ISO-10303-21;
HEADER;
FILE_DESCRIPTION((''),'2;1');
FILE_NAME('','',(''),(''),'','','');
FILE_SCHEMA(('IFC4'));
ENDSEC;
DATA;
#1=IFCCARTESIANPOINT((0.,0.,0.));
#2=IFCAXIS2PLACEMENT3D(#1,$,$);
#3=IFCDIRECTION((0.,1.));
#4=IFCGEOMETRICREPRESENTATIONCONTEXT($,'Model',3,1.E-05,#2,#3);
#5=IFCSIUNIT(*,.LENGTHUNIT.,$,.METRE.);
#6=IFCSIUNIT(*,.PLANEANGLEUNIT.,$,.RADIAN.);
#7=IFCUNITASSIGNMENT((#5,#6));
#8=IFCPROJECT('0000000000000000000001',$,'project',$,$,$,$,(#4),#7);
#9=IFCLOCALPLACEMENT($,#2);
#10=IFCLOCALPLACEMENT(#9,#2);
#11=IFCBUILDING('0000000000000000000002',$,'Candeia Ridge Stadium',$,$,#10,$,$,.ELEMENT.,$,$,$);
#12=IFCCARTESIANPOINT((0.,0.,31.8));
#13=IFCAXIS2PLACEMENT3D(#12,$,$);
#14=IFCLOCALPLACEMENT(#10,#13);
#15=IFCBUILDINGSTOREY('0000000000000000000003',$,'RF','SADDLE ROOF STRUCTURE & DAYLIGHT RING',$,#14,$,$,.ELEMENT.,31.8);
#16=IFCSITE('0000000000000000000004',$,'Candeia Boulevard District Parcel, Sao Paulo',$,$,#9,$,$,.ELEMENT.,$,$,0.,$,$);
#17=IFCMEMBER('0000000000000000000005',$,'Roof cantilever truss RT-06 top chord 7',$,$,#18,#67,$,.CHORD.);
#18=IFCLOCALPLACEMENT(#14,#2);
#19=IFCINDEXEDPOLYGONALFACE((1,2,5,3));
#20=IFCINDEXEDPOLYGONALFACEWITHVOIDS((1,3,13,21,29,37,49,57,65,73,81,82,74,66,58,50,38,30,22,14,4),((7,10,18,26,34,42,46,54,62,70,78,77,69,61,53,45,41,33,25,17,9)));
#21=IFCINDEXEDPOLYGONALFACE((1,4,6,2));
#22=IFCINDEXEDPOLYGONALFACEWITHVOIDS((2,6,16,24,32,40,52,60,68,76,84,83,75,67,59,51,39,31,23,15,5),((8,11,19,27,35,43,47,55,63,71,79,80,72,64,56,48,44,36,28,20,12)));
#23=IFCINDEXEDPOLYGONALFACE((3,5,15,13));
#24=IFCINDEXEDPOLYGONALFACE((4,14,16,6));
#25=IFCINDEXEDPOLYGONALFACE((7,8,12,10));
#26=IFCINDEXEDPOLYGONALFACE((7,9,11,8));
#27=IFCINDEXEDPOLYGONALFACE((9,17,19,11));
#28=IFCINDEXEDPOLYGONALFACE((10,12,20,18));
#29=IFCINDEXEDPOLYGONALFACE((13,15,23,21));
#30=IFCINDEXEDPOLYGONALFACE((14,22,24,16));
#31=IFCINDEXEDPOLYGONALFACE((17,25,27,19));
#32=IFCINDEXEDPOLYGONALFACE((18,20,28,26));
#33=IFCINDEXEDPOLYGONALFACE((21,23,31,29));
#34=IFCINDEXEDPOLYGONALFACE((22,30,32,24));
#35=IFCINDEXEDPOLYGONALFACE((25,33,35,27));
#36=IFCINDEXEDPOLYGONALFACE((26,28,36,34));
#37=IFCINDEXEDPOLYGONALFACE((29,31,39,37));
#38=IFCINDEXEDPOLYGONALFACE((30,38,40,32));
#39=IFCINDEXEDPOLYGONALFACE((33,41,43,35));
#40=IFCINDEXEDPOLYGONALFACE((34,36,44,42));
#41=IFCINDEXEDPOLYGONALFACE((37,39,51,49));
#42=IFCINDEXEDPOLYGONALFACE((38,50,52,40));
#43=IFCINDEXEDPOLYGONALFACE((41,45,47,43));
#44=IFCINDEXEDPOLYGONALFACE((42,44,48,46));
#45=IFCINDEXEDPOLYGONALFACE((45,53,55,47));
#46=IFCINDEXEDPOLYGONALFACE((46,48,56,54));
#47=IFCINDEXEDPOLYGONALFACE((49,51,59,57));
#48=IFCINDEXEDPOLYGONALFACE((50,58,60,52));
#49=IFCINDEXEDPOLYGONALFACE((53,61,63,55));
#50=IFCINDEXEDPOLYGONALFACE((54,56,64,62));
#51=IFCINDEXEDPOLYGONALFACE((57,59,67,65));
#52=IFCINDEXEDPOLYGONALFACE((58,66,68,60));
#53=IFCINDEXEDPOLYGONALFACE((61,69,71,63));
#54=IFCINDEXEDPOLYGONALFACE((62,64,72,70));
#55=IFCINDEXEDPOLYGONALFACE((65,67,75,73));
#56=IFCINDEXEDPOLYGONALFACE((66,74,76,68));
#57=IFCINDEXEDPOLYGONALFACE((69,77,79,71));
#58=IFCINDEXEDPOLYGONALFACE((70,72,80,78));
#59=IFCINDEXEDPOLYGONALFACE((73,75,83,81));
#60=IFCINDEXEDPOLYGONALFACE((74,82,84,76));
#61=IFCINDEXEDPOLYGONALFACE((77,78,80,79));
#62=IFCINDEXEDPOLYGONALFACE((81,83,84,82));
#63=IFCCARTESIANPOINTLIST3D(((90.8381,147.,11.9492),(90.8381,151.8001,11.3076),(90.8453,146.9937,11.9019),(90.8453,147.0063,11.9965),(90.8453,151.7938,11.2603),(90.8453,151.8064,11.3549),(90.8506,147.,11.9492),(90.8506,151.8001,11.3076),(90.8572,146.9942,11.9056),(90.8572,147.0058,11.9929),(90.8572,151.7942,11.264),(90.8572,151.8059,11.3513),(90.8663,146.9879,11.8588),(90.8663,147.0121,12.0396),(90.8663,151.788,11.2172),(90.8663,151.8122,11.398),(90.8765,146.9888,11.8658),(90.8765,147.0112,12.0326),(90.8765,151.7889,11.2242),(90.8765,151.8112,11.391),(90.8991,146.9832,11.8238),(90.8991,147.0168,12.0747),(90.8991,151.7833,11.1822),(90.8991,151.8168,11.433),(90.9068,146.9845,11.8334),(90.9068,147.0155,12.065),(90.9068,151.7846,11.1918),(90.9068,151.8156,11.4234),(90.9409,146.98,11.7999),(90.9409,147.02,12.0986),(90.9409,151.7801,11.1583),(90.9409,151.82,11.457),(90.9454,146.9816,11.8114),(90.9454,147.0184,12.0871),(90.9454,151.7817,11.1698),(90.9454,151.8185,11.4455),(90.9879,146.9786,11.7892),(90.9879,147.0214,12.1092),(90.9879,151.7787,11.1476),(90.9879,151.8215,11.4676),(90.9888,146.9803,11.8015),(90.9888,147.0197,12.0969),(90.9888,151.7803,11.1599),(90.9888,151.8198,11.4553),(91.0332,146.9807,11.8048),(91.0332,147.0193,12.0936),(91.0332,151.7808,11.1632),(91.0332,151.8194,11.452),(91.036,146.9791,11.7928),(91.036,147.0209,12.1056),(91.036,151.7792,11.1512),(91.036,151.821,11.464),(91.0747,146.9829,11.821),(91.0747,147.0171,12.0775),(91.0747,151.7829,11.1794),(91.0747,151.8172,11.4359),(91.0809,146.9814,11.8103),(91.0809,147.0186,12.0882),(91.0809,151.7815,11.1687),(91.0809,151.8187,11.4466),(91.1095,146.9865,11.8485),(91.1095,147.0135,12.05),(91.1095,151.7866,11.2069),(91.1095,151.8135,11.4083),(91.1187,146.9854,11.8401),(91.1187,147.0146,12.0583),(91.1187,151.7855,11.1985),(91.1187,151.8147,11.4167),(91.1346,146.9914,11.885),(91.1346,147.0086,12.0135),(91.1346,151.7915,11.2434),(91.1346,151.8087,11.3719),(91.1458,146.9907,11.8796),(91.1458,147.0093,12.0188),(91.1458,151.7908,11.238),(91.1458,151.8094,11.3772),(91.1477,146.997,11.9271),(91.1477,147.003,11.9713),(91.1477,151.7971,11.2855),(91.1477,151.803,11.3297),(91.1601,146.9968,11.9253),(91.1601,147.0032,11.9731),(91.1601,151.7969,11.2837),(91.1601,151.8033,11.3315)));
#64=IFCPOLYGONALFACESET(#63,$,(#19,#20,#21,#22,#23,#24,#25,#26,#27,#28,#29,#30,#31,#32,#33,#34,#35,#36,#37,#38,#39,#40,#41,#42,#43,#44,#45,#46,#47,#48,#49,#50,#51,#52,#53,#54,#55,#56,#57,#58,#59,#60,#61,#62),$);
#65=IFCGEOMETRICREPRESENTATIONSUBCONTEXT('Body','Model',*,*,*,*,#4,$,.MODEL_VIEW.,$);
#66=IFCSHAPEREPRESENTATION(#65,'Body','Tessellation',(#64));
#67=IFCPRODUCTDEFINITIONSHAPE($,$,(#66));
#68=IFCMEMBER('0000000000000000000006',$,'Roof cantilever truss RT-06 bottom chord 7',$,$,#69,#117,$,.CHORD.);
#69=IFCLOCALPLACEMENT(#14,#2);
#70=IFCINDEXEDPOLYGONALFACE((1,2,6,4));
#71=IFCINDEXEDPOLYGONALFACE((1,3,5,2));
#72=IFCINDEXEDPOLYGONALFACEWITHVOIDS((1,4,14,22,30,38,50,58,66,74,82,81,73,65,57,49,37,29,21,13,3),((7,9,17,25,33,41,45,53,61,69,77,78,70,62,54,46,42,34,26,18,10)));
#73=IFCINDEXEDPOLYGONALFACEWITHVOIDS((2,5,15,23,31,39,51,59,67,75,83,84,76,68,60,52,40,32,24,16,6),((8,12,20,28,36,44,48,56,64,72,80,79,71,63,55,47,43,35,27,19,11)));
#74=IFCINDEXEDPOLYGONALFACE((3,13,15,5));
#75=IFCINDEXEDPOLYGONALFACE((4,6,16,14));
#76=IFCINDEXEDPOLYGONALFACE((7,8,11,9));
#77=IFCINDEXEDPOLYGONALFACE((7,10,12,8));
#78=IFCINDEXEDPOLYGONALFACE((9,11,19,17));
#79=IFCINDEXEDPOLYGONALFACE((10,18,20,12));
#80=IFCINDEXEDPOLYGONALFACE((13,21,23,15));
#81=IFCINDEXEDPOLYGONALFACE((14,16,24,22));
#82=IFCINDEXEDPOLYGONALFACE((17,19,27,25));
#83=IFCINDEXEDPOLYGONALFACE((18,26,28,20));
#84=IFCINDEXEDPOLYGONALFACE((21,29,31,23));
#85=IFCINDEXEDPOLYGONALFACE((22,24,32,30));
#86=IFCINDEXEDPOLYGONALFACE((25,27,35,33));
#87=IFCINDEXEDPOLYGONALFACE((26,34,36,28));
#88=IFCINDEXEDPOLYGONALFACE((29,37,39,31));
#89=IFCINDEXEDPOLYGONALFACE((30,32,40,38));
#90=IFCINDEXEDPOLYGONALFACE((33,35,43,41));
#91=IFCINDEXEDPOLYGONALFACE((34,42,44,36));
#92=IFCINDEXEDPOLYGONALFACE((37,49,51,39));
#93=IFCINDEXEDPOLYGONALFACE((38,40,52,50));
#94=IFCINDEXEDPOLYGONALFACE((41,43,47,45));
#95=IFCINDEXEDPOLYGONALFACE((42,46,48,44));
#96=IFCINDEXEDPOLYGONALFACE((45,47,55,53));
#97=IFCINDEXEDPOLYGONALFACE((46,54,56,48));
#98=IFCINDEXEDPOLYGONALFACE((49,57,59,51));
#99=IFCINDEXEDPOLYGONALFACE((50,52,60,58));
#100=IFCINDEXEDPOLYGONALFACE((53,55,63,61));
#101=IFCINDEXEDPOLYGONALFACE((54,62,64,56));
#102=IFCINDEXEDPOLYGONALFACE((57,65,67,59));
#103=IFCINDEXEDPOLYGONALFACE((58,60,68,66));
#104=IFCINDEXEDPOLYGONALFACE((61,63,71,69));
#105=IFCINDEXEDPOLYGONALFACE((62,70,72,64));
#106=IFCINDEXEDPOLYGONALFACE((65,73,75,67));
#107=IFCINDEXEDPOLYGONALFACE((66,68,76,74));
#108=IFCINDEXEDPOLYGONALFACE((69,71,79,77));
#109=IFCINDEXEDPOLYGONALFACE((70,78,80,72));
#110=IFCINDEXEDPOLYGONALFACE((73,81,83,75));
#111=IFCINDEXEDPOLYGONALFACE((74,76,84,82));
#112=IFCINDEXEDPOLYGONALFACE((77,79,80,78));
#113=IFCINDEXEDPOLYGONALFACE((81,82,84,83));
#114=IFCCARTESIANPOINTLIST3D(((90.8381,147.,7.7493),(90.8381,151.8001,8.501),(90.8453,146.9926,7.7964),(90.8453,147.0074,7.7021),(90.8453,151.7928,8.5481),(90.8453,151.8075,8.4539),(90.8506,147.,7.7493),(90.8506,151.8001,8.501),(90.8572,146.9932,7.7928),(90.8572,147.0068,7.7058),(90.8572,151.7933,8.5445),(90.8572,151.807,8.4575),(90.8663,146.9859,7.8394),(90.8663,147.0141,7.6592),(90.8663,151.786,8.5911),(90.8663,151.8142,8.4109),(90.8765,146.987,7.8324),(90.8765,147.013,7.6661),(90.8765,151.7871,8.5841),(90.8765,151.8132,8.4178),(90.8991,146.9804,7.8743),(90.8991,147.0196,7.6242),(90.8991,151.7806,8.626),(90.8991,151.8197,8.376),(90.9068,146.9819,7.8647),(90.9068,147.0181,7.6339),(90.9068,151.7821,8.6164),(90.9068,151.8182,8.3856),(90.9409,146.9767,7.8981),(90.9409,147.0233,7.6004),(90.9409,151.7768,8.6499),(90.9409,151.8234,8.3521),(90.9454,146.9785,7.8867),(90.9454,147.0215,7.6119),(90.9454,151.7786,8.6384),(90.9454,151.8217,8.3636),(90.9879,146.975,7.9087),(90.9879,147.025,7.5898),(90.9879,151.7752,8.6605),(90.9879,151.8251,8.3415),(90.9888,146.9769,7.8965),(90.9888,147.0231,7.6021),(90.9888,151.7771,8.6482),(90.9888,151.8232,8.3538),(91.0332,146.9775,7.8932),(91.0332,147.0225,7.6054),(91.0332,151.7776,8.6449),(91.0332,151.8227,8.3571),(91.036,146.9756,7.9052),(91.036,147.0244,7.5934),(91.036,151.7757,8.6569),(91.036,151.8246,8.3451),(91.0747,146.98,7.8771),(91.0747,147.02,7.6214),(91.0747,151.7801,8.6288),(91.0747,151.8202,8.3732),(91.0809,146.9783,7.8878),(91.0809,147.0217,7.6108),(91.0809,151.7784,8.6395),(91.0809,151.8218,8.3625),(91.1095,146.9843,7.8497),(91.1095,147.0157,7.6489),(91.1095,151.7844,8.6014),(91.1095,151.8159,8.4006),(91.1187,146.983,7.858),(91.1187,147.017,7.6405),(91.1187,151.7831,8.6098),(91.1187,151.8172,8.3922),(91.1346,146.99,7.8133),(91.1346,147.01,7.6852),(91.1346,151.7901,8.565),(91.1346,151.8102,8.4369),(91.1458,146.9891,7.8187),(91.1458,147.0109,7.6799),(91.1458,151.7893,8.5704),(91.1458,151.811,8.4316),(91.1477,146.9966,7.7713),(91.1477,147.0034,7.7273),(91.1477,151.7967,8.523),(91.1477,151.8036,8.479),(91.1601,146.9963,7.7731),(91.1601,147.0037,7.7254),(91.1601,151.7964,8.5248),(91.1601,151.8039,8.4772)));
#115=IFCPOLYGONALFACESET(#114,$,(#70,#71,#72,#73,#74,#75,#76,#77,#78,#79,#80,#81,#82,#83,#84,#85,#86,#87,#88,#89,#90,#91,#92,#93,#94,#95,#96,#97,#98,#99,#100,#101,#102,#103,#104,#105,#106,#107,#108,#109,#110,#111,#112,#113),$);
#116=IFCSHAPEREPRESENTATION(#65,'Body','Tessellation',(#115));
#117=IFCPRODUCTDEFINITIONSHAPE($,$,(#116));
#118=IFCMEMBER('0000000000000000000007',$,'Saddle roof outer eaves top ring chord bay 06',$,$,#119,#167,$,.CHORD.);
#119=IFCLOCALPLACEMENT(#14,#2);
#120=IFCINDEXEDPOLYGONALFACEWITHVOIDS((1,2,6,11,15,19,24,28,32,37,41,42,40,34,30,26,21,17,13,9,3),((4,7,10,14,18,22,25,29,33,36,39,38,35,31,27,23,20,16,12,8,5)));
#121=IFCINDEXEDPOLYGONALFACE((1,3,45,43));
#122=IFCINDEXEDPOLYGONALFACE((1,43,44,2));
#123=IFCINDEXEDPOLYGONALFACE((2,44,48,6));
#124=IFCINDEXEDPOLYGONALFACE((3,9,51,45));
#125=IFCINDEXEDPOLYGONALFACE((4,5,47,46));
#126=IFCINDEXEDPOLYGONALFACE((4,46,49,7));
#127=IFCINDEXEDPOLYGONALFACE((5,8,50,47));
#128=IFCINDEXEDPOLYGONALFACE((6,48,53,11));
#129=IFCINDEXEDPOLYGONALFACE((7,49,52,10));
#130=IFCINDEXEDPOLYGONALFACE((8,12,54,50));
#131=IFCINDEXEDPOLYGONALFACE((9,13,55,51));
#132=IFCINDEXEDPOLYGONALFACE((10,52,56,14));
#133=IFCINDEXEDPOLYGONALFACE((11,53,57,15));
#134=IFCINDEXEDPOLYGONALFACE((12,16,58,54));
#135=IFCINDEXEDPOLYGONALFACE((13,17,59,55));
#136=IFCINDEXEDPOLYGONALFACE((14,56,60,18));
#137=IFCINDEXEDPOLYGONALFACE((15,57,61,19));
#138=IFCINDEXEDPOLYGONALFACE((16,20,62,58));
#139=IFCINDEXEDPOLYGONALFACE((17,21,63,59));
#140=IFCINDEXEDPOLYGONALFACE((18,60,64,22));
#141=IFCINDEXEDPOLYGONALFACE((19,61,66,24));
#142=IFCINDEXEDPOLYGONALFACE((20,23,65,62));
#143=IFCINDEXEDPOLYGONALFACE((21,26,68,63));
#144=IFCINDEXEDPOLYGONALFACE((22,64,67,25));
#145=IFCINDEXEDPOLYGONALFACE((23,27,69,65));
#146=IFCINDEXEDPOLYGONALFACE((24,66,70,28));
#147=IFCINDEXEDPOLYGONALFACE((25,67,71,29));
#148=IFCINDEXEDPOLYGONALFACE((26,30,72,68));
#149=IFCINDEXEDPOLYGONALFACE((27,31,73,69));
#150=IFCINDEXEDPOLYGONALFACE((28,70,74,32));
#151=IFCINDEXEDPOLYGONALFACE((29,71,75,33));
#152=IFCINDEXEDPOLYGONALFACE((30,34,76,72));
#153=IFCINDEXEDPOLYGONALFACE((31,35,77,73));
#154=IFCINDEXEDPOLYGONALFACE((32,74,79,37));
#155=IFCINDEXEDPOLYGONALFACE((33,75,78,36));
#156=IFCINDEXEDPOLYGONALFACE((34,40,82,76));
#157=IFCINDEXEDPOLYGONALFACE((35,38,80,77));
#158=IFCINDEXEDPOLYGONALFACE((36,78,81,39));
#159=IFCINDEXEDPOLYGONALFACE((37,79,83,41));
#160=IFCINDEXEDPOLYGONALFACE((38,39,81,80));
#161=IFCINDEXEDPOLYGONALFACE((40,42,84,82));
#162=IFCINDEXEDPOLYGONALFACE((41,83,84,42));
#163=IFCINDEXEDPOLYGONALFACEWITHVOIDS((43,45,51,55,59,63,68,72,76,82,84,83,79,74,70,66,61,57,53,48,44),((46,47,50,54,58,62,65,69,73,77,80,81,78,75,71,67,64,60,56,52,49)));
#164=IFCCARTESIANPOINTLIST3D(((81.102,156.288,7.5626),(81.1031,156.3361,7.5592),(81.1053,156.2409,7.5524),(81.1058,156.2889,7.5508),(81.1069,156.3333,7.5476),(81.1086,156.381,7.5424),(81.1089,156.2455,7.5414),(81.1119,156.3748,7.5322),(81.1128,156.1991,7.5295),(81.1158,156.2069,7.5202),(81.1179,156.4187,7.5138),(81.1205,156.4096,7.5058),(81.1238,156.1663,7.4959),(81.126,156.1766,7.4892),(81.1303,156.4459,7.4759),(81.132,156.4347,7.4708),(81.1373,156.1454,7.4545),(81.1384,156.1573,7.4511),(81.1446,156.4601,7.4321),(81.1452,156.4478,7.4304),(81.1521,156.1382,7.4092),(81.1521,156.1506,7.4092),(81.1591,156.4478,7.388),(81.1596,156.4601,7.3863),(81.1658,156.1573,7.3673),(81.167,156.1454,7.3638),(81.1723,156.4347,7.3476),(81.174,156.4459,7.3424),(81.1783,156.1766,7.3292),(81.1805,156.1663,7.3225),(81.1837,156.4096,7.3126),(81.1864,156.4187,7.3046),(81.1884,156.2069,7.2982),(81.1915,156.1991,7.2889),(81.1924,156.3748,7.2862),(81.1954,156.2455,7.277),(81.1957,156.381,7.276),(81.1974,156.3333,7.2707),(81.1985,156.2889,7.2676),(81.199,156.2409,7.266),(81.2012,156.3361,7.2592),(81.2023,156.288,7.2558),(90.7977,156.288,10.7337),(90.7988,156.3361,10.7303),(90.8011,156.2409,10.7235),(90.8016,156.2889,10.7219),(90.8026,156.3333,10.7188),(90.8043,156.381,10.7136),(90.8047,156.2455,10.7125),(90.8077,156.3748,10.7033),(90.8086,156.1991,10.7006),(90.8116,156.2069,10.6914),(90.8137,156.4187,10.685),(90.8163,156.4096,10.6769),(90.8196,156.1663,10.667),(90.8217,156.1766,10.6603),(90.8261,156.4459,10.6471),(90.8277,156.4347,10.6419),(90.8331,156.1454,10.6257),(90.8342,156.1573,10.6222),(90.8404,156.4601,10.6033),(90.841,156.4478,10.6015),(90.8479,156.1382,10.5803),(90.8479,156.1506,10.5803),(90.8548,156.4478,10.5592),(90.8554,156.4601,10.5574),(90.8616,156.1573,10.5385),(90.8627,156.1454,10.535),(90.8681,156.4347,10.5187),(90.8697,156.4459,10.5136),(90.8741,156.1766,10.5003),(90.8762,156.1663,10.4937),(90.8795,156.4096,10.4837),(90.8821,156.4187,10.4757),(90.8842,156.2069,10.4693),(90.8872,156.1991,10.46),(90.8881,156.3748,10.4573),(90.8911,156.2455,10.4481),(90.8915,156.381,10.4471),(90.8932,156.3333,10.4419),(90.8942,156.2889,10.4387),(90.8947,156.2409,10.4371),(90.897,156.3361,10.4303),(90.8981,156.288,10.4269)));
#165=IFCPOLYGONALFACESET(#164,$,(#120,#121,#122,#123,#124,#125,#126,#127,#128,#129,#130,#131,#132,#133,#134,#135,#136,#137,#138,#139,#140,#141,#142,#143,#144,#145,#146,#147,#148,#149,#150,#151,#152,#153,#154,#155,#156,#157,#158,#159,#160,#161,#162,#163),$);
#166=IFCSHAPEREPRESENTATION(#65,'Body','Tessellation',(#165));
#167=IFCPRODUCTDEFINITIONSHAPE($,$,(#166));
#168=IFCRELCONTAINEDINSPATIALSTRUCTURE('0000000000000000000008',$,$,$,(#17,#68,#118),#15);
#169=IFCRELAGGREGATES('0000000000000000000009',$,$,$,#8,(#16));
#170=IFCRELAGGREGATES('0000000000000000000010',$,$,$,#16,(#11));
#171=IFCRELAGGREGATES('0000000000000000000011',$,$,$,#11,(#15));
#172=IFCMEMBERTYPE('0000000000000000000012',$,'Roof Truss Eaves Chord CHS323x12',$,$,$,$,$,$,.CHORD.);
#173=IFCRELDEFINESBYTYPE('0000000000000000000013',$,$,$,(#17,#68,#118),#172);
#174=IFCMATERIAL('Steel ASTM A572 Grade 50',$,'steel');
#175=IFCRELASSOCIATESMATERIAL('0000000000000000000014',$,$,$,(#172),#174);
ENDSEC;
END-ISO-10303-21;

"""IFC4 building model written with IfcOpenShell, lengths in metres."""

from ifc_helpers import new_model, si_unit, direction, frame, origin, origin_2d, place, context, subcontext, project, spatial, hollow_circle, extrude, material, material_profile, profile_set, type_object, element, save


model = new_model("IFC4")

# Units and contexts
model_context = context("Model", 3, precision=1e-05, world=origin(), true_north=direction((0.0, 1.0)))
body_context = subcontext(model_context, "Body", "Model", "MODEL_VIEW")
ifc_project = project(units=[si_unit("LENGTHUNIT", "METRE"), si_unit("PLANEANGLEUNIT", "RADIAN")], contexts=[model_context])

# Site, building, storey
site_placement = place(None, origin())
site = spatial("IfcSite", under=ifc_project, at=site_placement, Name="Candeia Boulevard District Parcel, Sao Paulo", CompositionType="ELEMENT", RefElevation=0.0)
building_placement = place(site_placement, origin())
building = spatial("IfcBuilding", under=site, at=building_placement, Name="Candeia Ridge Stadium", CompositionType="ELEMENT")
storey_placement = place(building_placement, frame((0.0, 0.0, 31.8)))
storey = spatial("IfcBuildingStorey", under=building, at=storey_placement, Name="RF", Description="SADDLE ROOF STRUCTURE & DAYLIGHT RING", CompositionType="ELEMENT", Elevation=31.8)

# Shared definitions
ifc_material_1 = material(Name="Steel ASTM A572 Grade 50", Category="steel")

# Members
ifc_material_profile_1 = material_profile(ifc_material_1, hollow_circle(Radius=0.1619, WallThickness=0.0125, at=origin_2d()), Name="CHS323x12", Category="steel")
ifc_profile_set_1 = profile_set([ifc_material_profile_1], Name="Steel ASTM A572 Grade 50")
member_type_1 = type_object("IfcMemberType", Name="Roof Truss Eaves Chord CHS323x12", PredefinedType="CHORD", material=ifc_profile_set_1)
member_1_placement = place(storey_placement, frame((91.0, 147.0, 11.9492), z_axis=(0.0, 0.991185, -0.132487), x_axis=(-1.0, 0.0, 0.0)))
element("IfcMember", 1, at=member_1_placement, inside=storey, type_object=member_type_1, Name="Roof cantilever truss RT-06 top chord 7", PredefinedType="CHORD", context=body_context, shape_type="SweptSolid", body=[
    extrude(hollow_circle(Radius=0.1619, WallThickness=0.0125, at=origin_2d()), origin(), (0.0, 0.0, 1.0), 4.8428),
])
member_2_placement = place(storey_placement, frame((91.0, 147.0, 7.7493), z_axis=(0.0, 0.987959, 0.154719), x_axis=(-1.0, 0.0, 0.0)))
element("IfcMember", 2, at=member_2_placement, inside=storey, type_object=member_type_1, Name="Roof cantilever truss RT-06 bottom chord 7", PredefinedType="CHORD", context=body_context, shape_type="SweptSolid", body=[
    extrude(hollow_circle(Radius=0.1619, WallThickness=0.0125, at=origin_2d()), origin(), (0.0, 0.0, 1.0), 4.8586),
])
for number, where, z_axis, x_axis, name in (
    (3, (90.8479, 156.3, 10.5803), (-0.950456, 0.0, -0.310859), (0.0, -1.0, 0.0), "Saddle roof outer eaves top ring chord bay 06"),
):
    element("IfcMember", number, at=place(storey_placement, frame(where, z_axis=z_axis, x_axis=x_axis)), inside=storey, type_object=member_type_1, Name=name, PredefinedType="CHORD", context=body_context, shape_type="SweptSolid", body=[
        extrude(hollow_circle(Radius=0.1619, WallThickness=0.0125, at=origin_2d()), origin(), (0.0, 0.0, 1.0), 10.2012),
    ])

save(model, "model.ifc")
